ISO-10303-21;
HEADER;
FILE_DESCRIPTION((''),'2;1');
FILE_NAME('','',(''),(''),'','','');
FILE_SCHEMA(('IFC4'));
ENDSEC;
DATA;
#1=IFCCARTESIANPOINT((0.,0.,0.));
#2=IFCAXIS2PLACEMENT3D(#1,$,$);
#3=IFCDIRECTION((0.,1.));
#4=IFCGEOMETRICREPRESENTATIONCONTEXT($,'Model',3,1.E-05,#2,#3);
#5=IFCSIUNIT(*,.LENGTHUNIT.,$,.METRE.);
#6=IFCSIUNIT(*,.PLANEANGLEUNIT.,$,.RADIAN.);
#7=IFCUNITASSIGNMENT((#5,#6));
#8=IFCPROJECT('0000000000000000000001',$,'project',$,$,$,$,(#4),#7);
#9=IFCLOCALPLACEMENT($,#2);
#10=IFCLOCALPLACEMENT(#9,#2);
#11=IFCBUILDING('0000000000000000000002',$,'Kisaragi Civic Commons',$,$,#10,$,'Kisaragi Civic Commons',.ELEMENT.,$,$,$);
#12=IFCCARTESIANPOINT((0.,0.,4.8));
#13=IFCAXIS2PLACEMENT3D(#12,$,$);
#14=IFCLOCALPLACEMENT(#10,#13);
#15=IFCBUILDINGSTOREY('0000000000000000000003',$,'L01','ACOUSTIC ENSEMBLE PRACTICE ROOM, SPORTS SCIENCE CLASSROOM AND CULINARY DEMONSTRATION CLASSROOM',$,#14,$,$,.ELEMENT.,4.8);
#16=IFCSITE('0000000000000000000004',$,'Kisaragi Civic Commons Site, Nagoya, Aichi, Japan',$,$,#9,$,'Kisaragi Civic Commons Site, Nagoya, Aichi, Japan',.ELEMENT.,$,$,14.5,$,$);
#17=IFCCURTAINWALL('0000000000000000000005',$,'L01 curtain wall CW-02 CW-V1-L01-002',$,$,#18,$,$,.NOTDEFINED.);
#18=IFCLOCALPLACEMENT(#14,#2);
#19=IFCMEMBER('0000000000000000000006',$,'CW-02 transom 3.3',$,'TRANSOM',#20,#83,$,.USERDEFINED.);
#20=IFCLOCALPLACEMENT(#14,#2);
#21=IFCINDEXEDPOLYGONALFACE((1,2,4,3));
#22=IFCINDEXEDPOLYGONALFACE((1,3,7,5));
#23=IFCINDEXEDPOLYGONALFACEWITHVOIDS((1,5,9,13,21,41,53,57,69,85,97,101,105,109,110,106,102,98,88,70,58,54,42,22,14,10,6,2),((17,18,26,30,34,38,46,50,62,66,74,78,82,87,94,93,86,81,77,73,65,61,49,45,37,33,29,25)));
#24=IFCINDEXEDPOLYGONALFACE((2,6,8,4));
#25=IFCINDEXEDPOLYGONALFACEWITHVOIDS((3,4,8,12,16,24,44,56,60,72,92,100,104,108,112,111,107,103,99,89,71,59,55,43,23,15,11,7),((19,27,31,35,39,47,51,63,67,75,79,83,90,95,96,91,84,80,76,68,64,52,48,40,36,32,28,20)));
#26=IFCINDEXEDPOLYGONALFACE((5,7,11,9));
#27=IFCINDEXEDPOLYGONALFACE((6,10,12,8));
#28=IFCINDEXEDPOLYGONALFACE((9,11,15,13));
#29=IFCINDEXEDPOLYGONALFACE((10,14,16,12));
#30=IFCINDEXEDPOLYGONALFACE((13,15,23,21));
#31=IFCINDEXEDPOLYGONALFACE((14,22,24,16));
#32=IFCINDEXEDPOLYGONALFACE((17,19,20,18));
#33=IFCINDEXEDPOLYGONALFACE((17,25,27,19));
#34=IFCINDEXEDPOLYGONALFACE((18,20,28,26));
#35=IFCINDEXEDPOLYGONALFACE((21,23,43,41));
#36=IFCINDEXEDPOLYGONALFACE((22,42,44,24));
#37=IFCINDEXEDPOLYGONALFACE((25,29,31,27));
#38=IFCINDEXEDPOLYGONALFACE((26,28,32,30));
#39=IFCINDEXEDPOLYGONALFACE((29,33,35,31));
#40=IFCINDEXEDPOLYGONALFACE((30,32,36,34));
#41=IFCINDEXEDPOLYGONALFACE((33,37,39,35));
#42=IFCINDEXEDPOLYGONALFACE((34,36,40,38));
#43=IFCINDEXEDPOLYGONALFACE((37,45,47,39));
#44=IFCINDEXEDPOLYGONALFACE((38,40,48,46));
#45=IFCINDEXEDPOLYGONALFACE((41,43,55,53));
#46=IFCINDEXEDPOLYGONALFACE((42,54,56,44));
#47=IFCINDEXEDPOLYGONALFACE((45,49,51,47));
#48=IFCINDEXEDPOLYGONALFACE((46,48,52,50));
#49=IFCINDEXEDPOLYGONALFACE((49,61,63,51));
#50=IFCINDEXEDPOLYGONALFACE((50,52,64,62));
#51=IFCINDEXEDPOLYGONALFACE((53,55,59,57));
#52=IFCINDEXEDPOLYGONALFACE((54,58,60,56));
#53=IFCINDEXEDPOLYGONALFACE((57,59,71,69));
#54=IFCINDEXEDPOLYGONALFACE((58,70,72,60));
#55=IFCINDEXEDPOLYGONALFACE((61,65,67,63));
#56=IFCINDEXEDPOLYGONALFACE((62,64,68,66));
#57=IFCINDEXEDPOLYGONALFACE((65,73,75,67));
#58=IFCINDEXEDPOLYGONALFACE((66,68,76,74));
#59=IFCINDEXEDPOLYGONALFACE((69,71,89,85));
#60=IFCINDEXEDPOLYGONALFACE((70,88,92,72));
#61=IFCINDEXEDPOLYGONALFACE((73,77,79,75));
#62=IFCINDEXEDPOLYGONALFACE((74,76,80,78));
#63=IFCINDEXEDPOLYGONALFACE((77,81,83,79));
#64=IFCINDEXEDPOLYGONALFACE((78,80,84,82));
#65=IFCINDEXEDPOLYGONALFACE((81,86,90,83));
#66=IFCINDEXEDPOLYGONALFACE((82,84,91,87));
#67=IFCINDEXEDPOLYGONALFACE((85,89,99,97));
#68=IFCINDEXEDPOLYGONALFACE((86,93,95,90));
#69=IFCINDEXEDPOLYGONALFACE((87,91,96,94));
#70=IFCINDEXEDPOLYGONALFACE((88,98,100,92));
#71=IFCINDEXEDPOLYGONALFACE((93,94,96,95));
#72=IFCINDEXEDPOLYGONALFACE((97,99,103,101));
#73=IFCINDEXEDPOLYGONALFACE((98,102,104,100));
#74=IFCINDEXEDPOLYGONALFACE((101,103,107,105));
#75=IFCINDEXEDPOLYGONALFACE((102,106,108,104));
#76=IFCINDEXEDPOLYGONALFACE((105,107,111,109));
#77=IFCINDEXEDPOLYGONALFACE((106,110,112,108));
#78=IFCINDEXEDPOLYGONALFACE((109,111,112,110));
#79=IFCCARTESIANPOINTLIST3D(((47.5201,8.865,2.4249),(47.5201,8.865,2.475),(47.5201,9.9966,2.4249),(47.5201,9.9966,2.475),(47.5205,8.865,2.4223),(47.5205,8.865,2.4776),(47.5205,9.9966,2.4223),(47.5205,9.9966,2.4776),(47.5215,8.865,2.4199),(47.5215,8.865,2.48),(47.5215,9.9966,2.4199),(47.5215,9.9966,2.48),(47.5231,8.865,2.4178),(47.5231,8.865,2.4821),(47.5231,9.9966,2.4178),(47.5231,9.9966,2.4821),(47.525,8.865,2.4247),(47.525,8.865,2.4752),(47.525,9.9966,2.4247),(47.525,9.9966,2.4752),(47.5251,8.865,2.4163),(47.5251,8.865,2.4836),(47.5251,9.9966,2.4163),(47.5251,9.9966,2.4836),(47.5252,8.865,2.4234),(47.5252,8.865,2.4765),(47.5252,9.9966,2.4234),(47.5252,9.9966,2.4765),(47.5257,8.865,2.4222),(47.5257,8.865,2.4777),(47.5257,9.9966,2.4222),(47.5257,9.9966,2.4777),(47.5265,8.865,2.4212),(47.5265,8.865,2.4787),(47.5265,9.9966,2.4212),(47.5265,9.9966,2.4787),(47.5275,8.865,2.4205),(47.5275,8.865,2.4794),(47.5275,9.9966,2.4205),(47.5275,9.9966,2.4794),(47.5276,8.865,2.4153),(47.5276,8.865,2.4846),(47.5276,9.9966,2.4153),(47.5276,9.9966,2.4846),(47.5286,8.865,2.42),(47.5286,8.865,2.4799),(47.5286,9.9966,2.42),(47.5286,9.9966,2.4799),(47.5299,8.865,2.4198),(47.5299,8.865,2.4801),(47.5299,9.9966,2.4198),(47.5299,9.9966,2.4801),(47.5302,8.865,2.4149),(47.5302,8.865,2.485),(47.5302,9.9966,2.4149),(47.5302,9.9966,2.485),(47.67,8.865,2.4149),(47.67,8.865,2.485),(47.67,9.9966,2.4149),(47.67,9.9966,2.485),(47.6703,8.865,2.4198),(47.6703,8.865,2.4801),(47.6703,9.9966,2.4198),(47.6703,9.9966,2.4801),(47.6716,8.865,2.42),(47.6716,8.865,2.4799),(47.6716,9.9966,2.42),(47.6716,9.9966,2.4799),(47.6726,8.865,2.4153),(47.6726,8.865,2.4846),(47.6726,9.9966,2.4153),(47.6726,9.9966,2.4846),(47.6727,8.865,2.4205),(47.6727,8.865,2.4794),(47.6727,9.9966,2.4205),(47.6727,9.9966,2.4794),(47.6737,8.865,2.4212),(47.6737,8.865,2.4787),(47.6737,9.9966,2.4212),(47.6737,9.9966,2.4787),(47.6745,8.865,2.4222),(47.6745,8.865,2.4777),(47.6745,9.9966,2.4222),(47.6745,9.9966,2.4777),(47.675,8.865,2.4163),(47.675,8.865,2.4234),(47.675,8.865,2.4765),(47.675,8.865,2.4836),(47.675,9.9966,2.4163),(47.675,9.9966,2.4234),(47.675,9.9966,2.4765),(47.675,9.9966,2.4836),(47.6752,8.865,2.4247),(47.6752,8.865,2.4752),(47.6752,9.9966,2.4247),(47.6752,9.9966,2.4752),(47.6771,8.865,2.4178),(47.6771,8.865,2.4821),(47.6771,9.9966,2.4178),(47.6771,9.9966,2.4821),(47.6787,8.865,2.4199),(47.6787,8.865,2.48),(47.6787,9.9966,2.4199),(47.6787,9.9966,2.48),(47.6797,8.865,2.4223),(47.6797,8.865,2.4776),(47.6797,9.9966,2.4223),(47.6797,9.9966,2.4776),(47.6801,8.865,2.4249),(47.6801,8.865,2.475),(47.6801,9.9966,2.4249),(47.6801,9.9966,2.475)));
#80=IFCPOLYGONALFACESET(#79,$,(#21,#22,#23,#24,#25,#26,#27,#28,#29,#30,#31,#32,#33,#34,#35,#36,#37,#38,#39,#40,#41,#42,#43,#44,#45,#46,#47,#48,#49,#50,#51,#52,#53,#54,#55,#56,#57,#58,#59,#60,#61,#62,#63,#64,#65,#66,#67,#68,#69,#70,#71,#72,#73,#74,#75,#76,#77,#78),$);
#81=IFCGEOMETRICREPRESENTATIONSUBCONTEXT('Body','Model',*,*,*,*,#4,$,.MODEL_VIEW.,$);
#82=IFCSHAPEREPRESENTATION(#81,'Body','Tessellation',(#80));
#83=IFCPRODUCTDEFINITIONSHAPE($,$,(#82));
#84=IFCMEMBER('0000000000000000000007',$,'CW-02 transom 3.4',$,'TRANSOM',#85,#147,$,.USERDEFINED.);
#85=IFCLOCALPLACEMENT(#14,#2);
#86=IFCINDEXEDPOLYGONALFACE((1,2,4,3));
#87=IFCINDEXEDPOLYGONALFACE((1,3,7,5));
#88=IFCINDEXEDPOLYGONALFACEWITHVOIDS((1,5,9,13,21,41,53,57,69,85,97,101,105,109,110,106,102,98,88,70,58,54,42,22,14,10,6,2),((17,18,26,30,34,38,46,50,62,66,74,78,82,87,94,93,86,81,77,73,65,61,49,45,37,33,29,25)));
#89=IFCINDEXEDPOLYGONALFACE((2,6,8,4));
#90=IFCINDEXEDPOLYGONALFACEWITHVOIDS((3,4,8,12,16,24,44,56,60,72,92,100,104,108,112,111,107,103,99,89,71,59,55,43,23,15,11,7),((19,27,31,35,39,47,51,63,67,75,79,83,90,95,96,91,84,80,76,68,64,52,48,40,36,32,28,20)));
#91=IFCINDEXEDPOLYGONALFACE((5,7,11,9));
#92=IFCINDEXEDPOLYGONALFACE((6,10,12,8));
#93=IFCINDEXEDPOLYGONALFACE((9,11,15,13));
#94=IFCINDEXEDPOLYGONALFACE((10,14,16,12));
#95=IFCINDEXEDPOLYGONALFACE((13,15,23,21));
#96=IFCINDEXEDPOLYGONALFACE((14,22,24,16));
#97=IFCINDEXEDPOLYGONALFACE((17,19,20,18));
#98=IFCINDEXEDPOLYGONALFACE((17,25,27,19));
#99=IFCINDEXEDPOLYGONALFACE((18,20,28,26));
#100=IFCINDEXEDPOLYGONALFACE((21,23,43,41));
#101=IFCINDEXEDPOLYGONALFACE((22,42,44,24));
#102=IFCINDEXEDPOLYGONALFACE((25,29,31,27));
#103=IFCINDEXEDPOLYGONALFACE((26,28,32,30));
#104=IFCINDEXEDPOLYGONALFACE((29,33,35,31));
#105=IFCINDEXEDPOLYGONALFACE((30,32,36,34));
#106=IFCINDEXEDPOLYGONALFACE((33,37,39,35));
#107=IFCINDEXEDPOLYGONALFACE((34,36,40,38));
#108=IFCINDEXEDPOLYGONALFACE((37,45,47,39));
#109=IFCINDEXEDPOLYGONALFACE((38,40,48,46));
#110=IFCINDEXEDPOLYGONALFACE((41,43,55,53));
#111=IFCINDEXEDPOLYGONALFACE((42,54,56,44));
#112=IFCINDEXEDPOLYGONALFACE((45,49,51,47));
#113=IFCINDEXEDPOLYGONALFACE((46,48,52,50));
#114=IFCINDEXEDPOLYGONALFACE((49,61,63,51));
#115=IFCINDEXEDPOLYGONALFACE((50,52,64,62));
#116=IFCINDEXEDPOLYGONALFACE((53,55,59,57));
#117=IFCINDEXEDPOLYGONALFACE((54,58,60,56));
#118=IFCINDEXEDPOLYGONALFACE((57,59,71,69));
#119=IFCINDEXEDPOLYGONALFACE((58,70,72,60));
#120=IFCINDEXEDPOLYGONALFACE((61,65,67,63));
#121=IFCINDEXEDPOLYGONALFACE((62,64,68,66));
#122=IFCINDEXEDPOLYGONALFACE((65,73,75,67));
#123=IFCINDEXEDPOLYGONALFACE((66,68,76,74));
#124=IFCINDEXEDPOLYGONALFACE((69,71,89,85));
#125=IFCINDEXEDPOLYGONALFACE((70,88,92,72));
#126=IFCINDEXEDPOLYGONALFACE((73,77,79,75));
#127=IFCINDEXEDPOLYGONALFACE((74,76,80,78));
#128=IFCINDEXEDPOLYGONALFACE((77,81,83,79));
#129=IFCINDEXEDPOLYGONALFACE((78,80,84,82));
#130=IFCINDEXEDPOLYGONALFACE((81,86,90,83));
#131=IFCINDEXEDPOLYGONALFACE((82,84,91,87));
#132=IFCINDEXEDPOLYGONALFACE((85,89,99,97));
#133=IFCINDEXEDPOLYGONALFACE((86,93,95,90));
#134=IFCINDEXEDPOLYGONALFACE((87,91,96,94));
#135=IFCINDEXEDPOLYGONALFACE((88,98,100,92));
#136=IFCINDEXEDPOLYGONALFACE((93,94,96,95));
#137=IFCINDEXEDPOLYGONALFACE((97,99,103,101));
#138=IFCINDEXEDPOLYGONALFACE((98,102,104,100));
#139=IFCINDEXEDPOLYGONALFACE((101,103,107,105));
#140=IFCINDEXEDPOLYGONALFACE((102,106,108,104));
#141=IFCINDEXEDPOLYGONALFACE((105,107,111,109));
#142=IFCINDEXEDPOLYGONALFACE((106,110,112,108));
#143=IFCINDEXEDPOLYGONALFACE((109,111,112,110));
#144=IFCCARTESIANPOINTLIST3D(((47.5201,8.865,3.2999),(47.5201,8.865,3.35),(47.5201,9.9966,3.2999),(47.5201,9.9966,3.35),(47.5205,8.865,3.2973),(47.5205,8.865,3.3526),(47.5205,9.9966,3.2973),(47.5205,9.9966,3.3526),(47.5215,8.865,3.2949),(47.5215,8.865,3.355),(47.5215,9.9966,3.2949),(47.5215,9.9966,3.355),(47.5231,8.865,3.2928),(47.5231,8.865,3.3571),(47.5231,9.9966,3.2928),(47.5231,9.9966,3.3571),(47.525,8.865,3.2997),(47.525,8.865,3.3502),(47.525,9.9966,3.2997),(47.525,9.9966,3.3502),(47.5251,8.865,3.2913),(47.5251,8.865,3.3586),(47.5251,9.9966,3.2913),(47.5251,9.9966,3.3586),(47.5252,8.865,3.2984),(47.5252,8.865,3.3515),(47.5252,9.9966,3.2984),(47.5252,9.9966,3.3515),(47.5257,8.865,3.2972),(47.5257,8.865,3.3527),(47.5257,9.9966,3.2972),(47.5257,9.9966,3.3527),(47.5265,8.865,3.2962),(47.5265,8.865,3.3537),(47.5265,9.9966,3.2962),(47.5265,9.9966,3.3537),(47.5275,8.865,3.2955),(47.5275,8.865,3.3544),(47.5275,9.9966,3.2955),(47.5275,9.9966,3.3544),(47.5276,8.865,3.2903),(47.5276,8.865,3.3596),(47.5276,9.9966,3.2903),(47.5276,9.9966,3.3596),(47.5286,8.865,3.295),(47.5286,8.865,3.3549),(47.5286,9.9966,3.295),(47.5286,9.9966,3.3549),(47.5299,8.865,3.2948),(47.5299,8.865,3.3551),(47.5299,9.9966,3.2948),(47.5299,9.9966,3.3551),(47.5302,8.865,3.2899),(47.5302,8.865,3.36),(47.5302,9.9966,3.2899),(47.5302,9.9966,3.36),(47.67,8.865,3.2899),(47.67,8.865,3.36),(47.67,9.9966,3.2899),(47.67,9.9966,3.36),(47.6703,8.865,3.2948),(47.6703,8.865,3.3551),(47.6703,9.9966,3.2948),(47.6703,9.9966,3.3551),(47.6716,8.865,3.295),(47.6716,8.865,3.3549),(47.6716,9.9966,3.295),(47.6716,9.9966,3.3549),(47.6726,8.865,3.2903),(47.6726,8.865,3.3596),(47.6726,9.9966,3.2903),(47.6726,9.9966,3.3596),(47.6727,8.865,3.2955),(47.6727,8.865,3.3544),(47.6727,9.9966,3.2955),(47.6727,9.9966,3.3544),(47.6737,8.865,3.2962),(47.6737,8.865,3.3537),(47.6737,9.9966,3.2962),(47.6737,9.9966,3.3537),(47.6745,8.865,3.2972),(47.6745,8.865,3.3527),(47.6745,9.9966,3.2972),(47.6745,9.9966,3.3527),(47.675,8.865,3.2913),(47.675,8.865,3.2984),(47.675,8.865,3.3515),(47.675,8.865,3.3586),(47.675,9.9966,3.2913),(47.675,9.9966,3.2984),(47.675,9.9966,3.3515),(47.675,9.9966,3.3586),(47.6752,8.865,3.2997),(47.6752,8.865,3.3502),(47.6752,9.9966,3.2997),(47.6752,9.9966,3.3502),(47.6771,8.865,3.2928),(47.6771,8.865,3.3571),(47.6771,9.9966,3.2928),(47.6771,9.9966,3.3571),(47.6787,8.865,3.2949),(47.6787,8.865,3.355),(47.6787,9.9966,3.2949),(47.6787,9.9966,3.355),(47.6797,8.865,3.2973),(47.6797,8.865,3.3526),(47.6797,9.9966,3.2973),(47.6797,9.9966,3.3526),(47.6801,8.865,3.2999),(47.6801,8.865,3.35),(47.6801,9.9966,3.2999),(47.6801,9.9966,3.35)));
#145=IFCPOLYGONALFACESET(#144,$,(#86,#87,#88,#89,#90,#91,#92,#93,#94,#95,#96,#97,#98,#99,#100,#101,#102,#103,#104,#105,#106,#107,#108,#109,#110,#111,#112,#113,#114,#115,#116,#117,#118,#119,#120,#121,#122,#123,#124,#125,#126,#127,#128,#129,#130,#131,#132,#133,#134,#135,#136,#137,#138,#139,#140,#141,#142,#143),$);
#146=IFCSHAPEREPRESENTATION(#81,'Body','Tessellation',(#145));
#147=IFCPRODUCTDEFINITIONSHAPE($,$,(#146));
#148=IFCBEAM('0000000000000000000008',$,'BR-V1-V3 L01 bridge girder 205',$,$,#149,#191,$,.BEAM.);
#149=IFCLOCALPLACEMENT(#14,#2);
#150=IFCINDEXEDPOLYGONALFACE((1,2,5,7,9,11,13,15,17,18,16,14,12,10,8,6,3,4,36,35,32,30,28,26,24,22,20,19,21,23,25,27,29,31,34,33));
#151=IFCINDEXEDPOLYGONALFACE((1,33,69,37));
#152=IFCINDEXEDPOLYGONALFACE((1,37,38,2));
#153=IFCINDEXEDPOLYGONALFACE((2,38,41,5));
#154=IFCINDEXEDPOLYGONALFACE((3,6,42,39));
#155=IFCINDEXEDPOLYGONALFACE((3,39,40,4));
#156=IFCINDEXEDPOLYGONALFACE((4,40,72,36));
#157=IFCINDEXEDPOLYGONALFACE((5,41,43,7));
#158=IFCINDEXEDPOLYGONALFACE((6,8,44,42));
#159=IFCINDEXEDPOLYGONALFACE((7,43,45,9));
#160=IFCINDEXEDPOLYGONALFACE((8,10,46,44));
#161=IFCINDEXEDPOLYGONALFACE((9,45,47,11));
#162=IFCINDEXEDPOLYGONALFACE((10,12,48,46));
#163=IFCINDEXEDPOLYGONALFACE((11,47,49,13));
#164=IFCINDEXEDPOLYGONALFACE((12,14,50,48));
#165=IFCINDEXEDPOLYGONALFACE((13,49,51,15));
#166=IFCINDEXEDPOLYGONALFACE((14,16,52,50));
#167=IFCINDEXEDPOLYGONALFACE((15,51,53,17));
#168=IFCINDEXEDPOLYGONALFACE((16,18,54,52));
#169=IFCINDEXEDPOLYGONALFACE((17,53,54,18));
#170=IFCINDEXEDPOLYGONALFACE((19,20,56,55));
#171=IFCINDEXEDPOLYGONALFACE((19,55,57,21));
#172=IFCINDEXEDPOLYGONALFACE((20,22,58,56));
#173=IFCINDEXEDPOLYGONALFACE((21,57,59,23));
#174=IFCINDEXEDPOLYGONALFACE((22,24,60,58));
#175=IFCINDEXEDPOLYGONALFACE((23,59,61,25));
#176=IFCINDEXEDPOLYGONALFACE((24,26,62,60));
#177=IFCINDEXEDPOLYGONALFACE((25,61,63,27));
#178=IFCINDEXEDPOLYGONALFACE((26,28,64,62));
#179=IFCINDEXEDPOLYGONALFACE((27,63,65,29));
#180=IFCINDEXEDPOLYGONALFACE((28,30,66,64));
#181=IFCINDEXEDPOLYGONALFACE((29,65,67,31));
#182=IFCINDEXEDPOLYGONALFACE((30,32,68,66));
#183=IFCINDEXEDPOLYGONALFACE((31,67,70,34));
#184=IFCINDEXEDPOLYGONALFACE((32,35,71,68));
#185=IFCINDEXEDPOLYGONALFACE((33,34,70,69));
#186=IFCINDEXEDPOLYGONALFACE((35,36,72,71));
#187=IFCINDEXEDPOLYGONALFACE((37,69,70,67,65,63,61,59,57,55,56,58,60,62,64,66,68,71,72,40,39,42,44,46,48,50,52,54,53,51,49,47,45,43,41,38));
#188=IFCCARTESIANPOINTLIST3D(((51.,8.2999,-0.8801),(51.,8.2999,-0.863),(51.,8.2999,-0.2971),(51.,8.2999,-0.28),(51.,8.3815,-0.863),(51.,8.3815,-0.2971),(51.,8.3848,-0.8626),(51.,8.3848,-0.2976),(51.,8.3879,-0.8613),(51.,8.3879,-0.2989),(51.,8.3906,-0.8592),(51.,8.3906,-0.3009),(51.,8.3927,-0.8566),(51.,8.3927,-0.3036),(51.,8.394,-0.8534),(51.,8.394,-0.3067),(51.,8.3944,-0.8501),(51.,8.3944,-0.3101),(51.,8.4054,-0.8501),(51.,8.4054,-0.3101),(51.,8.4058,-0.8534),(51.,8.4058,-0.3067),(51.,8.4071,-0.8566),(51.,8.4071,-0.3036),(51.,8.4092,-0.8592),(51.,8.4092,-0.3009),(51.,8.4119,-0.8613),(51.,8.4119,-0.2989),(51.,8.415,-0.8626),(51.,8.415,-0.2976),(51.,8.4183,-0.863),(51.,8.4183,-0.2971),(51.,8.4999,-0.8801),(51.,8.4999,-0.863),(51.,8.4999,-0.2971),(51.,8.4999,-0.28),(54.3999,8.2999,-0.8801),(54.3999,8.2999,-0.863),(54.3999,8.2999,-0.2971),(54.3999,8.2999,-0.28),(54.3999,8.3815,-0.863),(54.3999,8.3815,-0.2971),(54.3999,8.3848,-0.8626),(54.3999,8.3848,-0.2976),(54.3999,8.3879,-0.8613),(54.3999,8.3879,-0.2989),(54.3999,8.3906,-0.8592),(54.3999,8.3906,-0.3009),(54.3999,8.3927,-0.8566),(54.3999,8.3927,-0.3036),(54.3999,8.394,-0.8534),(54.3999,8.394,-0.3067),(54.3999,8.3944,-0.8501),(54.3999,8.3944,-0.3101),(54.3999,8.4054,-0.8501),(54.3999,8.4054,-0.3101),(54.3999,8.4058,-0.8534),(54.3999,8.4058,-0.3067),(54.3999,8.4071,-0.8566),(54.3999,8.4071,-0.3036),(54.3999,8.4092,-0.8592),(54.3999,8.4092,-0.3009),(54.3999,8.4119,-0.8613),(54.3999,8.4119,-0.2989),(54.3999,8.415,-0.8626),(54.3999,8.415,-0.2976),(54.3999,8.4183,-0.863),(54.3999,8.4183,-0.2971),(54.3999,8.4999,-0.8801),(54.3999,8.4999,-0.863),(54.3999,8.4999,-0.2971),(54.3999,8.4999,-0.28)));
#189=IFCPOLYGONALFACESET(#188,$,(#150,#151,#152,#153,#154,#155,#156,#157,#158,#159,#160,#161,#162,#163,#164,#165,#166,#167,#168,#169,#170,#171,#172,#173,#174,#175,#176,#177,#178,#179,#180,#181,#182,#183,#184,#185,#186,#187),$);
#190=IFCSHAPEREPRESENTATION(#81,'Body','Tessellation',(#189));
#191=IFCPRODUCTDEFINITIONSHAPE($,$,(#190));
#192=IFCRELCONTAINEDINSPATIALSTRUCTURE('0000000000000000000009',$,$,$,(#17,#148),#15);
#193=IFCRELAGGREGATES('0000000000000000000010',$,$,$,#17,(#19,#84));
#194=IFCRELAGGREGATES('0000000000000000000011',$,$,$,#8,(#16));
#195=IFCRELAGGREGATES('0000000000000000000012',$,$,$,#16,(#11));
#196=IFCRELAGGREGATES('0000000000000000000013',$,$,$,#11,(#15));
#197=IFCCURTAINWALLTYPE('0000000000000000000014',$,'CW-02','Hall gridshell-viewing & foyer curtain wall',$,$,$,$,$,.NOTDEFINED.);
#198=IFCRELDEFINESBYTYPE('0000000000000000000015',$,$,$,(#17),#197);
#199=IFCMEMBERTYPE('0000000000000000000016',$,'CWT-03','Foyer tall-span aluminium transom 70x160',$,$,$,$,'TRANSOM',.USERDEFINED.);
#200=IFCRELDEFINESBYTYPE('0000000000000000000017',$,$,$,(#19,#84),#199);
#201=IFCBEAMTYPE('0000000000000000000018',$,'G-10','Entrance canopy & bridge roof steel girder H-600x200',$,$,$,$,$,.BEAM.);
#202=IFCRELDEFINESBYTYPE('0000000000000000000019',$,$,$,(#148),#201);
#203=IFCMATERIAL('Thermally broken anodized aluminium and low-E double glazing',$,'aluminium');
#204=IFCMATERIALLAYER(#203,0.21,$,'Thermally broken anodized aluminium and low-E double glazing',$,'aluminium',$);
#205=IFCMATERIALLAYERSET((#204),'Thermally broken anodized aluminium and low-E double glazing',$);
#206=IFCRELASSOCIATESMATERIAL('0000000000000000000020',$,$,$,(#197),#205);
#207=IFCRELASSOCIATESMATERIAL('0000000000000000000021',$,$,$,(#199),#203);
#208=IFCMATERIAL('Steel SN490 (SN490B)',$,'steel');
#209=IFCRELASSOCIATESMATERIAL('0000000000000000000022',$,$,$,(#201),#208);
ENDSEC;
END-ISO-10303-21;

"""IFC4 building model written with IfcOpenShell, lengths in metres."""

from ifc_helpers import new_model, si_unit, direction, frame, origin, origin_2d, place, context, subcontext, project, spatial, hollow_rectangle, i_section, extrude, material, layer, layer_set, material_profile, profile_set, type_object, element, aggregate, save


model = new_model("IFC4")

# Units and contexts
model_context = context("Model", 3, precision=1e-05, world=origin(), true_north=direction((0.0, 1.0)))
body_context = subcontext(model_context, "Body", "Model", "MODEL_VIEW")
ifc_project = project(units=[si_unit("LENGTHUNIT", "METRE"), si_unit("PLANEANGLEUNIT", "RADIAN")], contexts=[model_context])

# Site, building, storey
site_placement = place(None, origin())
site = spatial("IfcSite", under=ifc_project, at=site_placement, Name="Kisaragi Civic Commons Site, Nagoya, Aichi, Japan", LongName="Kisaragi Civic Commons Site, Nagoya, Aichi, Japan", CompositionType="ELEMENT", RefElevation=14.5)
building_placement = place(site_placement, origin())
building = spatial("IfcBuilding", under=site, at=building_placement, Name="Kisaragi Civic Commons", LongName="Kisaragi Civic Commons", CompositionType="ELEMENT")
storey_placement = place(building_placement, frame((0.0, 0.0, 4.8)))
storey = spatial("IfcBuildingStorey", under=building, at=storey_placement, Name="L01", Description="ACOUSTIC ENSEMBLE PRACTICE ROOM, SPORTS SCIENCE CLASSROOM AND CULINARY DEMONSTRATION CLASSROOM", CompositionType="ELEMENT", Elevation=4.8)

# Curtain wall, members
ifc_material_1 = material(Name="Thermally broken anodized aluminium and low-E double glazing", Category="aluminium")
ifc_layer_1 = layer(ifc_material_1, 0.21, Name="Thermally broken anodized aluminium and low-E double glazing", Category="aluminium")
ifc_layer_set_1 = layer_set([ifc_layer_1], Name="Thermally broken anodized aluminium and low-E double glazing")
curtain_wall_type = type_object("IfcCurtainWallType", Name="CW-02", Description="Hall gridshell-viewing & foyer curtain wall", PredefinedType="NOTDEFINED", material=ifc_layer_set_1)
curtain_wall_placement = place(storey_placement, origin())
curtain_wall = element("IfcCurtainWall", 1, at=curtain_wall_placement, inside=storey, type_object=curtain_wall_type, Name="L01 curtain wall CW-02 CW-V1-L01-002", PredefinedType="NOTDEFINED")
ifc_material_profile_1 = material_profile(ifc_material_1, hollow_rectangle(XDim=0.1599, YDim=0.0701, WallThickness=0.0049, InnerFilletRadius=0.0049, OuterFilletRadius=0.01, at=origin_2d()), Name="CWT-70x160x5", Category="aluminium")
ifc_profile_set_1 = profile_set([ifc_material_profile_1], Name="Thermally broken anodized aluminium and low-E double glazing")
member_type_1 = type_object("IfcMemberType", Name="CWT-03", Description="Foyer tall-span aluminium transom 70x160", ElementType="TRANSOM", PredefinedType="USERDEFINED", material=ifc_profile_set_1)
member_1_placement = place(storey_placement, frame((47.6001, 9.9966, 2.45), z_axis=(0.0, -1.0, 0.0), x_axis=(1.0, 0.0, 0.0)))
member_1 = element("IfcMember", 2, at=member_1_placement, type_object=member_type_1, Name="CW-02 transom 3.3", ObjectType="TRANSOM", PredefinedType="USERDEFINED", context=body_context, shape_type="SweptSolid", body=[
    extrude(hollow_rectangle(XDim=0.1599, YDim=0.0701, WallThickness=0.0049, InnerFilletRadius=0.0049, OuterFilletRadius=0.01, at=origin_2d()), origin(), (0.0, 0.0, 1.0), 1.1316),
])
member_2_placement = place(storey_placement, frame((47.6001, 9.9966, 3.325), z_axis=(0.0, -1.0, 0.0), x_axis=(1.0, 0.0, 0.0)))
member_2 = element("IfcMember", 3, at=member_2_placement, type_object=member_type_1, Name="CW-02 transom 3.4", ObjectType="TRANSOM", PredefinedType="USERDEFINED", context=body_context, shape_type="SweptSolid", body=[
    extrude(hollow_rectangle(XDim=0.1599, YDim=0.0701, WallThickness=0.0049, InnerFilletRadius=0.0049, OuterFilletRadius=0.01, at=origin_2d()), origin(), (0.0, 0.0, 1.0), 1.1316),
])

# Beam
ifc_material_2 = material(Name="Steel SN490 (SN490B)", Category="steel")
ifc_material_profile_2 = material_profile(ifc_material_2, i_section(OverallWidth=0.2, OverallDepth=0.6001, WebThickness=0.011, FlangeThickness=0.0171, FilletRadius=0.0129, at=origin_2d()), Name="H-600x200x11x17", Category="steel")
ifc_profile_set_2 = profile_set([ifc_material_profile_2], Name="Steel SN490 (SN490B)")
beam_type_1 = type_object("IfcBeamType", Name="G-10", Description="Entrance canopy & bridge roof steel girder H-600x200", PredefinedType="BEAM", material=ifc_profile_set_2)
beam_1_placement = place(storey_placement, frame((51.0, 8.3999, -0.5801), z_axis=(1.0, 0.0, 0.0), x_axis=(0.0, 1.0, 0.0)))
element("IfcBeam", 4, at=beam_1_placement, inside=storey, type_object=beam_type_1, Name="BR-V1-V3 L01 bridge girder 205", PredefinedType="BEAM", context=body_context, shape_type="SweptSolid", body=[
    extrude(i_section(OverallWidth=0.2, OverallDepth=0.6001, WebThickness=0.011, FlangeThickness=0.0171, FilletRadius=0.0129, at=origin_2d()), origin(), (0.0, 0.0, 1.0), 3.3999),
])

aggregate(curtain_wall, [member_1, member_2])

save(model, "model.ifc")
